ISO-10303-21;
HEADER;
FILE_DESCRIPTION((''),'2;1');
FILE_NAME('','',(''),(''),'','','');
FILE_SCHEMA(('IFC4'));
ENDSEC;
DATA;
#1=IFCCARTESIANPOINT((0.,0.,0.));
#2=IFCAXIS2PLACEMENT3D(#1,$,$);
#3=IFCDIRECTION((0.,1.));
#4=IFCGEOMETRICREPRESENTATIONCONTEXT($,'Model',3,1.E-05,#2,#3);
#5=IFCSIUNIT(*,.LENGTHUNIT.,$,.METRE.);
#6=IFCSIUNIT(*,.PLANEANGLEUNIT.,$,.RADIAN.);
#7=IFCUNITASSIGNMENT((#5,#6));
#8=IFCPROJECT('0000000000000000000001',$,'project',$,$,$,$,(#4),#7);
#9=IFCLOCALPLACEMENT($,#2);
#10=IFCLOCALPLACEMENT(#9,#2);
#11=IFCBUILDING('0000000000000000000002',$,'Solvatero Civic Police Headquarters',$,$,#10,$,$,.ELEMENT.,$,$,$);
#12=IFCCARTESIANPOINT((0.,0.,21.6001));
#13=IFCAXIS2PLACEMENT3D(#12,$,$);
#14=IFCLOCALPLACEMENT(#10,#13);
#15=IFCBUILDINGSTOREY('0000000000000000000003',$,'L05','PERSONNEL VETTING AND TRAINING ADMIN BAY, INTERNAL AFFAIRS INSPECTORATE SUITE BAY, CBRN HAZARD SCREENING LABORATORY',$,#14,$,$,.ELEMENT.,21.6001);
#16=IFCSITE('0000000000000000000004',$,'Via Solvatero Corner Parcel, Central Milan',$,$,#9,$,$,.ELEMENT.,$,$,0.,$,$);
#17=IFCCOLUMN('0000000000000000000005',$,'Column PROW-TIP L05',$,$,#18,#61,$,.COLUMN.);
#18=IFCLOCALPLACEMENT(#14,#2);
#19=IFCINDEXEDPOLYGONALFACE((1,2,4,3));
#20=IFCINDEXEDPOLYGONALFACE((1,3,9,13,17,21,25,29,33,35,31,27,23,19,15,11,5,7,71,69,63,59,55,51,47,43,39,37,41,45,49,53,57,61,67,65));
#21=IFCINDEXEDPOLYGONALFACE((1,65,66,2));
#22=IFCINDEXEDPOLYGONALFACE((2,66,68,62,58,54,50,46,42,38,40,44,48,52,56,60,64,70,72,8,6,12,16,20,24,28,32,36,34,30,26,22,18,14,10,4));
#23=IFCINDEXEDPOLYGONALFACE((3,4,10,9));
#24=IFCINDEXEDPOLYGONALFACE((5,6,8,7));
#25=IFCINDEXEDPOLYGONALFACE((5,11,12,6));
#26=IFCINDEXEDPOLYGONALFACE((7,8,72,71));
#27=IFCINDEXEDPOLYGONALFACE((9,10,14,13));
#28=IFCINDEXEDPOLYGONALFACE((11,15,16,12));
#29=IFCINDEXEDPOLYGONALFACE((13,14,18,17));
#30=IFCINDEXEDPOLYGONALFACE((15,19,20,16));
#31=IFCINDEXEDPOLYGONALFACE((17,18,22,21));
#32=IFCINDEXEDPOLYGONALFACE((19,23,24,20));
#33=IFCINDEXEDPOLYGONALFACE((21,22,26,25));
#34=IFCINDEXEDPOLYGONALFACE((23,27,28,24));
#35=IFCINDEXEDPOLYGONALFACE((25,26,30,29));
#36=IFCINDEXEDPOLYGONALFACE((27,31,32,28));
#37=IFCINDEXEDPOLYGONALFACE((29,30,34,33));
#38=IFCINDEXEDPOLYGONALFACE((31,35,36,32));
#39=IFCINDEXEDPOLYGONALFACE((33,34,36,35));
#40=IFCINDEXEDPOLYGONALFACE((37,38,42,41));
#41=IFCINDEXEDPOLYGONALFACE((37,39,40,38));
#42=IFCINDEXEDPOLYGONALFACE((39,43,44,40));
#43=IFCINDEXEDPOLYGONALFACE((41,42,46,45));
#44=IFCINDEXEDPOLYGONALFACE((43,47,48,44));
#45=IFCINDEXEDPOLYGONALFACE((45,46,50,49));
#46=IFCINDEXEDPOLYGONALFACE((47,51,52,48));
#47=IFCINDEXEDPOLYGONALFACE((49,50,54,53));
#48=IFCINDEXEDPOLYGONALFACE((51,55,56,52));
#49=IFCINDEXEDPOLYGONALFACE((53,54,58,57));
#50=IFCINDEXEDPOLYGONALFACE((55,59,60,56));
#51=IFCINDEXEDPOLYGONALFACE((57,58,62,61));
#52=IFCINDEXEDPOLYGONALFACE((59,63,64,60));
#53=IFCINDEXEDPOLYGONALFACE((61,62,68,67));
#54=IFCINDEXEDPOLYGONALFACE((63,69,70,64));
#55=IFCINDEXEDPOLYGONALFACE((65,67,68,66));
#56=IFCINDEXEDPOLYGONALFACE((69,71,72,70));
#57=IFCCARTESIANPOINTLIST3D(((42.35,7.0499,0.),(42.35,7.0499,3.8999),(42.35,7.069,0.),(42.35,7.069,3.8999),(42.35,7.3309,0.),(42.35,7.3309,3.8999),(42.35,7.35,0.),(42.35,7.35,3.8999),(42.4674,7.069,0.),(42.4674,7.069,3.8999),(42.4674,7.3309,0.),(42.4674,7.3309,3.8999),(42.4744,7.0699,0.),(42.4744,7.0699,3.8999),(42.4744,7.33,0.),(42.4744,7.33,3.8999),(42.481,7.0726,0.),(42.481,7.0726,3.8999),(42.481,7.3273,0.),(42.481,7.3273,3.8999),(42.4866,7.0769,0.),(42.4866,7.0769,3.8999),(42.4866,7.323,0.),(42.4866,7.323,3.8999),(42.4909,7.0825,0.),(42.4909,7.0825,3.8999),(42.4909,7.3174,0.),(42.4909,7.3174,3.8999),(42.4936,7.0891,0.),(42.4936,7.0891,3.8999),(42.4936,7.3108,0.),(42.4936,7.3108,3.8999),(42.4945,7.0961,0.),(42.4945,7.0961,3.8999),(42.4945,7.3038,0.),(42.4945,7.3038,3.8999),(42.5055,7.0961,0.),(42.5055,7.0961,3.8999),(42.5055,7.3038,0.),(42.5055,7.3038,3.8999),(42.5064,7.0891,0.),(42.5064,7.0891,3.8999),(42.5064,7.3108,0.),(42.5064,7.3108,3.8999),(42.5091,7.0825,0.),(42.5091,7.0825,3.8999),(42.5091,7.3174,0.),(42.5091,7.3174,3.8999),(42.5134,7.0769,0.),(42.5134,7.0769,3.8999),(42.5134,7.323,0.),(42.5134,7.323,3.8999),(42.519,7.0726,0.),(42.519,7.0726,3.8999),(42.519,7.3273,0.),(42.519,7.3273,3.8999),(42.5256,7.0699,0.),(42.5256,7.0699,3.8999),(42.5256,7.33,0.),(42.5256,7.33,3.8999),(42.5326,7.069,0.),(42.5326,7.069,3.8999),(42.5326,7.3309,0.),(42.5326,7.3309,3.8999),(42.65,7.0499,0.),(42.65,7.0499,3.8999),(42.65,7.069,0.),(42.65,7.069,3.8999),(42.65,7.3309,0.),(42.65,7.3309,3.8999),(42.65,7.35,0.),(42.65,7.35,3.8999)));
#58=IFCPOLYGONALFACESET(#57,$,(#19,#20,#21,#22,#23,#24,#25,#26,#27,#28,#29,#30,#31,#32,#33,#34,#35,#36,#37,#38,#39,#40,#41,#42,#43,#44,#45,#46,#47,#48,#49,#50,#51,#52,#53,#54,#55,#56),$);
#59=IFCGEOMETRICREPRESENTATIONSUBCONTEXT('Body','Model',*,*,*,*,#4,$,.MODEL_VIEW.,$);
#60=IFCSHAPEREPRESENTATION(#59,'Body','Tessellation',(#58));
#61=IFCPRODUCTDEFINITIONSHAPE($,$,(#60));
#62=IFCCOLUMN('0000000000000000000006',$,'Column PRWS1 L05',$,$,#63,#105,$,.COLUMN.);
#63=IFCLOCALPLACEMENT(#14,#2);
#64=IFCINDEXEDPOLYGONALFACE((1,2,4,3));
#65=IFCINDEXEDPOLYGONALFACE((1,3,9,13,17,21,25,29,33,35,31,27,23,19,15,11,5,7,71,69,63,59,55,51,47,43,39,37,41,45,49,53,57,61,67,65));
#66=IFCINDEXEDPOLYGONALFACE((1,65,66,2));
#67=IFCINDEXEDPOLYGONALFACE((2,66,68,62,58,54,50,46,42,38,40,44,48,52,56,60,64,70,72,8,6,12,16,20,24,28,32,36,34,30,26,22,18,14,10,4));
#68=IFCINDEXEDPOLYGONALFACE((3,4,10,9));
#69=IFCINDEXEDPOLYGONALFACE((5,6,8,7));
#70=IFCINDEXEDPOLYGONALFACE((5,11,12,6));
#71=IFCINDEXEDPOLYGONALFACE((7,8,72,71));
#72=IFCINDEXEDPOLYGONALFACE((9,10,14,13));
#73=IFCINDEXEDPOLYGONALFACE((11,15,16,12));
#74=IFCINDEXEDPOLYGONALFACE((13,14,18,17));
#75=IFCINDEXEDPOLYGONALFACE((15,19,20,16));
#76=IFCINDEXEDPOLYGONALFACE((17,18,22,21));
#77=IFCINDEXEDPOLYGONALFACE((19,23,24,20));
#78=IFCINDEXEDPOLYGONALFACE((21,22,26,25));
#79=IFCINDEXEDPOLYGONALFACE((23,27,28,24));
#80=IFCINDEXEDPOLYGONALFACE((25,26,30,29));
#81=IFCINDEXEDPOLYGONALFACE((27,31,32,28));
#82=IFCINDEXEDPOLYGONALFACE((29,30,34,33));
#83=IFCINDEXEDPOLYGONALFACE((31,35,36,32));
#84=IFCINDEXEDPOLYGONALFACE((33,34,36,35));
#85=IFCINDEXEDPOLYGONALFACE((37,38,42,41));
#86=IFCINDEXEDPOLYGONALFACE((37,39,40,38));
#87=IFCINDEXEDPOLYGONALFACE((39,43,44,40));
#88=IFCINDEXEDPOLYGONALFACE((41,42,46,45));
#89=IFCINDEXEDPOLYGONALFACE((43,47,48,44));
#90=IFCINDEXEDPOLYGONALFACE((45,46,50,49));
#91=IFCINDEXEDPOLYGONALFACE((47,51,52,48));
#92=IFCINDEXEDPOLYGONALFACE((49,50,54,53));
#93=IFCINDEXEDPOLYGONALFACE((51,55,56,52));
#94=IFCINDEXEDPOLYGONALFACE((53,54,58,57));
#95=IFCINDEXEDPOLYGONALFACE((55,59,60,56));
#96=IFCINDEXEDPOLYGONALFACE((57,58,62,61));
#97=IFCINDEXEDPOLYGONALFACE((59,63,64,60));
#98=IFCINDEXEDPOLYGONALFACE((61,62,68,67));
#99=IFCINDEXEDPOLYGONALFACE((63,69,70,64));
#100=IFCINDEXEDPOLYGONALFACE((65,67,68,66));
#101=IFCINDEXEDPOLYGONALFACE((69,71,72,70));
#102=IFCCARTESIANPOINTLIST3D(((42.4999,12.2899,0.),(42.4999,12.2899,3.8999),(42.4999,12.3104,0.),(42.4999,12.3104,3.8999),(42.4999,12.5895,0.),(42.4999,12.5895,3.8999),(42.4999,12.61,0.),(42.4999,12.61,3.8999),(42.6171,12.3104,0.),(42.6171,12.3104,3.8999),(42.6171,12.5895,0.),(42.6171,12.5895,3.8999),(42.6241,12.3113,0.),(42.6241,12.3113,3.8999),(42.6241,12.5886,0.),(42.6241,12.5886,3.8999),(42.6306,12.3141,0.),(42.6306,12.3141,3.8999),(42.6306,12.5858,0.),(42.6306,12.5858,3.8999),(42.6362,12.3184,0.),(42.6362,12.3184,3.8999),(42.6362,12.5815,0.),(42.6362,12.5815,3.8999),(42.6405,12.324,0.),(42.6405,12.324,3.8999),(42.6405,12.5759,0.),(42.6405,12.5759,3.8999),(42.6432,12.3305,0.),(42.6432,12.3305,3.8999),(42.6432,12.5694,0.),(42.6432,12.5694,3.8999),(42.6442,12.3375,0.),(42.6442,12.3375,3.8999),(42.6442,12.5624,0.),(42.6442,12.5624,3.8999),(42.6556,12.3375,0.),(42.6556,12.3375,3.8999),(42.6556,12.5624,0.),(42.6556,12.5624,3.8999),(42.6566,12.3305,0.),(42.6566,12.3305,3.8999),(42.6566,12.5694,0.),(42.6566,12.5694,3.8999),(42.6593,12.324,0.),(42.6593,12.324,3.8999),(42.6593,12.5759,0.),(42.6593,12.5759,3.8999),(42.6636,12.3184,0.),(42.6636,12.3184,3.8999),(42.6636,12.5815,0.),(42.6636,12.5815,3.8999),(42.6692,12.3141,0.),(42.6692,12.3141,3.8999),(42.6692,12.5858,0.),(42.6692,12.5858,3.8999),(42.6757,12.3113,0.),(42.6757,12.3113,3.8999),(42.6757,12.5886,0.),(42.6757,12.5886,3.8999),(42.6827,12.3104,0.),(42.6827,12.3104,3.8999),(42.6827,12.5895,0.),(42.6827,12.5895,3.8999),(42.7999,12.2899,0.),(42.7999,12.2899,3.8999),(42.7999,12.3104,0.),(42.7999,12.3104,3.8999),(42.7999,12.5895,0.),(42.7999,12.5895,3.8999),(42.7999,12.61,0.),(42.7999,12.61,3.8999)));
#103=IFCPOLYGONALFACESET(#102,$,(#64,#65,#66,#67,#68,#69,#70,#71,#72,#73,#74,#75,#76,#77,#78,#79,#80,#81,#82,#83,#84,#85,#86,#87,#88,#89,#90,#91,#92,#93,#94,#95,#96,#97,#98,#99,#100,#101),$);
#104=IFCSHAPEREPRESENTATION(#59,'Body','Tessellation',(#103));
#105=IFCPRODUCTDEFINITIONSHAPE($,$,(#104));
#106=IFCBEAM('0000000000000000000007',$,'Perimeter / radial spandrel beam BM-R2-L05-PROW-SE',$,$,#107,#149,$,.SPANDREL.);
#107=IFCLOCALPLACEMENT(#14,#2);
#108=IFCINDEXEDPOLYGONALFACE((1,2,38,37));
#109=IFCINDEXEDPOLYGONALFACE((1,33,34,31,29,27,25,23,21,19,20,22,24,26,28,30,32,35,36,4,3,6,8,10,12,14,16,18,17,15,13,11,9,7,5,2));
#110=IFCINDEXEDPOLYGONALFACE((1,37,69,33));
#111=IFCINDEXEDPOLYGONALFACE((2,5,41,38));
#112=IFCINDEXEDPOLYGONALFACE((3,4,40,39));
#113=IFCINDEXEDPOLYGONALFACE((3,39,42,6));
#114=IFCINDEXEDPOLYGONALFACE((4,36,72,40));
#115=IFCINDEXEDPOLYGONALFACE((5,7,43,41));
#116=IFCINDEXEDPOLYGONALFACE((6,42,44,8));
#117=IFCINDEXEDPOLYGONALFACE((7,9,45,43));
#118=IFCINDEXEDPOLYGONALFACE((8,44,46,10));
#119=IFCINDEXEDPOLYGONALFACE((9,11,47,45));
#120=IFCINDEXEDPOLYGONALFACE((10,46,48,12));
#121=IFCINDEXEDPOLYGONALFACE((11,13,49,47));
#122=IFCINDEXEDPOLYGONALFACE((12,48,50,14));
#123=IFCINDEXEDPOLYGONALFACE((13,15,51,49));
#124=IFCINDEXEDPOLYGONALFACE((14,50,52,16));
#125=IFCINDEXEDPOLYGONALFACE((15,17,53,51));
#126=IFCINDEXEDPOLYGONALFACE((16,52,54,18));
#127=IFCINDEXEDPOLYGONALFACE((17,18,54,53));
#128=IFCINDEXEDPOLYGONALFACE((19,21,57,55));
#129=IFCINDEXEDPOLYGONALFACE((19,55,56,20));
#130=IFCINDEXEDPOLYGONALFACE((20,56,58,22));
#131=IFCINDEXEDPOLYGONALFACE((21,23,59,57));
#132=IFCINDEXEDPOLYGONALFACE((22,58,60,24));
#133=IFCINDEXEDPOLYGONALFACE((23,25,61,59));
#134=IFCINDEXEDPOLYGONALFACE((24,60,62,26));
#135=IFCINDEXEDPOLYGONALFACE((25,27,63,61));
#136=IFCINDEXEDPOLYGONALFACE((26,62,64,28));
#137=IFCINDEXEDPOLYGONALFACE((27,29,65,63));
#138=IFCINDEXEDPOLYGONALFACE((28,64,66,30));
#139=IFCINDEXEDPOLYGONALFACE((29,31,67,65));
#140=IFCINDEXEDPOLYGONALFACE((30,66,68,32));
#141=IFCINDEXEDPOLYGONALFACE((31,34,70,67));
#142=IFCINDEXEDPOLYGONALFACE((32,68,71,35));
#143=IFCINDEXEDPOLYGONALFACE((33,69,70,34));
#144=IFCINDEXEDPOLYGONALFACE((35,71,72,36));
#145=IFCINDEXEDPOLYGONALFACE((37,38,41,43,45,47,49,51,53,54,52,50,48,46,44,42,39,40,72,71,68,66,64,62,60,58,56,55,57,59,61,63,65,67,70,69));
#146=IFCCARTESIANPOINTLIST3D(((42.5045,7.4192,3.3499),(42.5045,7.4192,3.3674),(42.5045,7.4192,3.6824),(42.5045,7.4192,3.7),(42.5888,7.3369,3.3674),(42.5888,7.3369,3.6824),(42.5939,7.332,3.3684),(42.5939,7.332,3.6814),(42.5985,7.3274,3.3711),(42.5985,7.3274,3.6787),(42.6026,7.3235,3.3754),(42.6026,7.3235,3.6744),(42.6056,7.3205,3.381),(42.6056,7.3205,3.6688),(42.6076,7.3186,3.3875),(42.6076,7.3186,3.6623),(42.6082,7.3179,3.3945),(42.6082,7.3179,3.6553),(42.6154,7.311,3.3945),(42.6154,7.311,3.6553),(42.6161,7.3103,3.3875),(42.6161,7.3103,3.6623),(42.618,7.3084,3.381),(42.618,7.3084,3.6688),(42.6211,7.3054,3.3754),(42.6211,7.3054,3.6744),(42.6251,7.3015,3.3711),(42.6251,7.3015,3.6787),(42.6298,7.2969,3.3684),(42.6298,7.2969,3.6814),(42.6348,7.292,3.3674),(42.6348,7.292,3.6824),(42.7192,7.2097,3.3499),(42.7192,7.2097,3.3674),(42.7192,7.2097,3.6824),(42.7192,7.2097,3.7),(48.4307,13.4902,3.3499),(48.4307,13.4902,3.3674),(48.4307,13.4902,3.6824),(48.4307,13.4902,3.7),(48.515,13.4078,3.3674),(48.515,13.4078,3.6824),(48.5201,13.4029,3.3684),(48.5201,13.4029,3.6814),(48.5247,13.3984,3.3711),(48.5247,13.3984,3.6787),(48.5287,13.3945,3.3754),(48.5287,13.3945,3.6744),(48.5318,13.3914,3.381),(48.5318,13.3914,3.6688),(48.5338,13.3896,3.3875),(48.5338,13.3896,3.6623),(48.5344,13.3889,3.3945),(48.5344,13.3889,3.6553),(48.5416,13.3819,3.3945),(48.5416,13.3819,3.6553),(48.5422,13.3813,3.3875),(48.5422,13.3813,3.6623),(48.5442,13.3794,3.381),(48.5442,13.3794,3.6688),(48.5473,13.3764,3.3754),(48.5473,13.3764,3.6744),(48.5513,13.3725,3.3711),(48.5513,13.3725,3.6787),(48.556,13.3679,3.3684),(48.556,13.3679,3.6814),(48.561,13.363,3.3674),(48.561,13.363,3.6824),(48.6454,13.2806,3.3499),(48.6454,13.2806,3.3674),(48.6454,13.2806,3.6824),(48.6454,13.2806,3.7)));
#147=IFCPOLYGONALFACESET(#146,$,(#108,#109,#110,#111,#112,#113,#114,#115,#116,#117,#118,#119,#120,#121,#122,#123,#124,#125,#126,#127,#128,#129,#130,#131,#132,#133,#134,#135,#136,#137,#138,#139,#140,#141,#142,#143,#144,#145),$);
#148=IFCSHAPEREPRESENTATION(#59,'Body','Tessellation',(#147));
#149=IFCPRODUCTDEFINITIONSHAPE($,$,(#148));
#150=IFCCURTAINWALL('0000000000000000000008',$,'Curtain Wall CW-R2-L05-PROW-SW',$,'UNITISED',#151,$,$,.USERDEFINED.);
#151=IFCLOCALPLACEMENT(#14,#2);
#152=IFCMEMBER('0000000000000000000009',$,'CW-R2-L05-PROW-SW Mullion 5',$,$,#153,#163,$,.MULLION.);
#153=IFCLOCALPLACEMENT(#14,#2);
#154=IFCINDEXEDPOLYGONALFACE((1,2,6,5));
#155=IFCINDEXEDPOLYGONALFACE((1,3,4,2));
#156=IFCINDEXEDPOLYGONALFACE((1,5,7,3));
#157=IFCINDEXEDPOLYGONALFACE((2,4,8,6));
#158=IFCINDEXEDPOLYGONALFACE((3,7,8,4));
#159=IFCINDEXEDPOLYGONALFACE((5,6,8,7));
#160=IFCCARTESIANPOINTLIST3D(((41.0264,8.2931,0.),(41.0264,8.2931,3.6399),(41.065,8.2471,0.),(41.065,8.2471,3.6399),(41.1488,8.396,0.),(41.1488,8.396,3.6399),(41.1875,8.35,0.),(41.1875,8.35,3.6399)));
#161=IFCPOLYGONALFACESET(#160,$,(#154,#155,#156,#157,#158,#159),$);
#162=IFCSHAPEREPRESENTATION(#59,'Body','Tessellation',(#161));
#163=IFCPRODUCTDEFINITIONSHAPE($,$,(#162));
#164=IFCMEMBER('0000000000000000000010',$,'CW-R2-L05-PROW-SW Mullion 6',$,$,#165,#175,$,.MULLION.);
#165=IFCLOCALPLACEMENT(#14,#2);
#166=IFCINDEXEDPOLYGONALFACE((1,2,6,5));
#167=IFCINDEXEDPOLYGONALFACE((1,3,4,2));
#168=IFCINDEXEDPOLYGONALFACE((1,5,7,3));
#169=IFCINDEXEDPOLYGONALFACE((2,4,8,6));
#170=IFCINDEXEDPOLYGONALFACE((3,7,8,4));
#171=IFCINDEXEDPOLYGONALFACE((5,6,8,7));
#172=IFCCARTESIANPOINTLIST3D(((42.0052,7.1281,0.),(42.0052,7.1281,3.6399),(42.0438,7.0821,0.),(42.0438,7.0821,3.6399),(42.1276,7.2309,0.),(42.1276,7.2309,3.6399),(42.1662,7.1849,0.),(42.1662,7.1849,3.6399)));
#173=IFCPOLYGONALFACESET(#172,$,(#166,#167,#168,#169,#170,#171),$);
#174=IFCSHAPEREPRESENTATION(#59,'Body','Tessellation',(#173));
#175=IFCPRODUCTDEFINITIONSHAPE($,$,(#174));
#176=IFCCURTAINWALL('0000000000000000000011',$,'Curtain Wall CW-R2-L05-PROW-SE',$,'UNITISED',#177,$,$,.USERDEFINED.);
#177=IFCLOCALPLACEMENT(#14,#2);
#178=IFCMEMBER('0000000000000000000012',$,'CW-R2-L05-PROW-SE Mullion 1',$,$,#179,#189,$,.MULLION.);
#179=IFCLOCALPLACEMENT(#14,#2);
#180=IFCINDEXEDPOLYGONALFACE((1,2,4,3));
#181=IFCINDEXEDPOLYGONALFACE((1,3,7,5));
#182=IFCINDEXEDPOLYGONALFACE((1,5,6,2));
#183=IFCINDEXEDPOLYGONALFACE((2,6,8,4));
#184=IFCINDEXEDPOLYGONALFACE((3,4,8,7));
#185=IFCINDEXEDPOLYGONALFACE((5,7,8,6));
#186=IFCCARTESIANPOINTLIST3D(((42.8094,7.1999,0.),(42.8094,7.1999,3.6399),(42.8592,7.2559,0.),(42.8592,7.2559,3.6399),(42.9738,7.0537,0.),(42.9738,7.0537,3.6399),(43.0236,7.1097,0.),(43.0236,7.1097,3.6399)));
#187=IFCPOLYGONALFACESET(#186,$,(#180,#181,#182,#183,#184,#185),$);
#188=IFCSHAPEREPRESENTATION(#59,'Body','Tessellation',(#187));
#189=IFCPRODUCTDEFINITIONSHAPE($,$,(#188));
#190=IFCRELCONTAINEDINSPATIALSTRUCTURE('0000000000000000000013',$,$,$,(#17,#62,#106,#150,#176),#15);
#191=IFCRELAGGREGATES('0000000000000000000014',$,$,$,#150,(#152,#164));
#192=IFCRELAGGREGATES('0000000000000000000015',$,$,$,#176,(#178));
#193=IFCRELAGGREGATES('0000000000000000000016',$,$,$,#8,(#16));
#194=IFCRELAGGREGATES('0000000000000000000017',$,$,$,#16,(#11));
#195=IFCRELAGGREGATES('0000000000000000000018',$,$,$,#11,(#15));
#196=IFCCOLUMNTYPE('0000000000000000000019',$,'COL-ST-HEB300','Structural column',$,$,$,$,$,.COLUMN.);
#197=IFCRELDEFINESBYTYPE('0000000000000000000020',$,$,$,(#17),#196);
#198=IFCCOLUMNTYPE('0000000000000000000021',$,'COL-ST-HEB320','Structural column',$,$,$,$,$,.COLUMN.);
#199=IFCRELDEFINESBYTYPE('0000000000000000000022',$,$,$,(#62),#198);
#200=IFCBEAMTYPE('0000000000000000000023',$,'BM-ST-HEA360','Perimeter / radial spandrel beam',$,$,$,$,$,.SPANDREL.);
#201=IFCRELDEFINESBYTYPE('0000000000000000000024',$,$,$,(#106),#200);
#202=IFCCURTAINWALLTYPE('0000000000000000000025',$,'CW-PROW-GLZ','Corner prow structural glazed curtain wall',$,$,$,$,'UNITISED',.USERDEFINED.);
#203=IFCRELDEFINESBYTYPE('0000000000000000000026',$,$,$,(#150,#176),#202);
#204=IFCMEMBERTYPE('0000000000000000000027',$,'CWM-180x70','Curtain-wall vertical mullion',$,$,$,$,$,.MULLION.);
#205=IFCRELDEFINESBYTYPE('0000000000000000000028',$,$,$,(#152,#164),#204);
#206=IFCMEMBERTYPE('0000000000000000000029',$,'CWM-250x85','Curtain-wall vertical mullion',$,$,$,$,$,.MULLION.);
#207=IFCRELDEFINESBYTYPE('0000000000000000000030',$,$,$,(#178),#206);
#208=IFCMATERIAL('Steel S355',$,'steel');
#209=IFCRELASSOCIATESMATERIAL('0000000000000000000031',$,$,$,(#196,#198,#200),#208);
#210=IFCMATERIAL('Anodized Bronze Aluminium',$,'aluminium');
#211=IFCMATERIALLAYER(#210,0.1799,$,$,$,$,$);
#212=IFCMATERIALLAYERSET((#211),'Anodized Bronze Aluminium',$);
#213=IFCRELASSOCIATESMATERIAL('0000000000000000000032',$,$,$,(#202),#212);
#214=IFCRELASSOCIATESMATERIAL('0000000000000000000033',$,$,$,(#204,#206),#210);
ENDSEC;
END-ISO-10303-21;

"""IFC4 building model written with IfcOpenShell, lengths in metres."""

from ifc_helpers import new_model, si_unit, direction, frame, origin, origin_2d, place, context, subcontext, project, spatial, rectangle, i_section, extrude, material, layer, layer_set, material_profile, profile_set, type_object, element, aggregate, save


model = new_model("IFC4")

# Units and contexts
model_context = context("Model", 3, precision=1e-05, world=origin(), true_north=direction((0.0, 1.0)))
body_context = subcontext(model_context, "Body", "Model", "MODEL_VIEW")
ifc_project = project(units=[si_unit("LENGTHUNIT", "METRE"), si_unit("PLANEANGLEUNIT", "RADIAN")], contexts=[model_context])

# Site, building, storey
site_placement = place(None, origin())
site = spatial("IfcSite", under=ifc_project, at=site_placement, Name="Via Solvatero Corner Parcel, Central Milan", CompositionType="ELEMENT", RefElevation=0.0)
building_placement = place(site_placement, origin())
building = spatial("IfcBuilding", under=site, at=building_placement, Name="Solvatero Civic Police Headquarters", CompositionType="ELEMENT")
storey_placement = place(building_placement, frame((0.0, 0.0, 21.6001)))
storey = spatial("IfcBuildingStorey", under=building, at=storey_placement, Name="L05", Description="PERSONNEL VETTING AND TRAINING ADMIN BAY, INTERNAL AFFAIRS INSPECTORATE SUITE BAY, CBRN HAZARD SCREENING LABORATORY", CompositionType="ELEMENT", Elevation=21.6001)

# Columns
ifc_material_1 = material(Name="Steel S355", Category="steel")
ifc_material_profile_1 = material_profile(ifc_material_1, i_section(OverallWidth=0.3, OverallDepth=0.3, WebThickness=0.011, FlangeThickness=0.019, FilletRadius=0.0271, at=origin_2d()), Name="HEB 300")
ifc_profile_set_1 = profile_set([ifc_material_profile_1], Name="Steel S355")
column_type_1 = type_object("IfcColumnType", Name="COL-ST-HEB300", Description="Structural column", PredefinedType="COLUMN", material=ifc_profile_set_1)
column_1_placement = place(storey_placement, frame((42.5, 7.2, 0.0), z_axis=(0.0, 0.0, 1.0), x_axis=(1.0, 0.0, 0.0)))
element("IfcColumn", 1, at=column_1_placement, inside=storey, type_object=column_type_1, Name="Column PROW-TIP L05", PredefinedType="COLUMN", context=body_context, shape_type="SweptSolid", body=[
    extrude(i_section(OverallWidth=0.3, OverallDepth=0.3, WebThickness=0.011, FlangeThickness=0.019, FilletRadius=0.0271, at=origin_2d()), origin(), (0.0, 0.0, 1.0), 3.8999),
])
ifc_material_profile_2 = material_profile(ifc_material_1, i_section(OverallWidth=0.3, OverallDepth=0.3201, WebThickness=0.0115, FlangeThickness=0.0205, FilletRadius=0.0271, at=origin_2d()), Name="HEB 320")
ifc_profile_set_2 = profile_set([ifc_material_profile_2], Name="Steel S355")
column_type_2 = type_object("IfcColumnType", Name="COL-ST-HEB320", Description="Structural column", PredefinedType="COLUMN", material=ifc_profile_set_2)
column_2_placement = place(storey_placement, frame((42.6499, 12.45, 0.0), z_axis=(0.0, 0.0, 1.0), x_axis=(1.0, 0.0, 0.0)))
element("IfcColumn", 2, at=column_2_placement, inside=storey, type_object=column_type_2, Name="Column PRWS1 L05", PredefinedType="COLUMN", context=body_context, shape_type="SweptSolid", body=[
    extrude(i_section(OverallWidth=0.3, OverallDepth=0.3201, WebThickness=0.0115, FlangeThickness=0.0205, FilletRadius=0.0271, at=origin_2d()), origin(), (0.0, 0.0, 1.0), 3.8999),
])

# Beam
ifc_material_profile_3 = material_profile(ifc_material_1, i_section(OverallWidth=0.3, OverallDepth=0.3501, WebThickness=0.01, FlangeThickness=0.0176, FilletRadius=0.0271, at=origin_2d()), Name="HEA 360")
ifc_profile_set_3 = profile_set([ifc_material_profile_3], Name="Steel S355")
beam_type = type_object("IfcBeamType", Name="BM-ST-HEA360", Description="Perimeter / radial spandrel beam", PredefinedType="SPANDREL", material=ifc_profile_set_3)
beam_placement = place(storey_placement, frame((42.6118, 7.3145, 3.5249), z_axis=(0.698523, 0.715588, 0.0), x_axis=(-0.715588, 0.698523, 0.0)))
element("IfcBeam", 3, at=beam_placement, inside=storey, type_object=beam_type, Name="Perimeter / radial spandrel beam BM-R2-L05-PROW-SE", PredefinedType="SPANDREL", context=body_context, shape_type="SweptSolid", body=[
    extrude(i_section(OverallWidth=0.3, OverallDepth=0.3501, WebThickness=0.01, FlangeThickness=0.0176, FilletRadius=0.0271, at=origin_2d()), origin(), (0.0, 0.0, 1.0), 8.4839),
])

# Curtain walls, members
ifc_material_2 = material(Name="Anodized Bronze Aluminium", Category="aluminium")
ifc_layer_1 = layer(ifc_material_2, 0.1799)
ifc_layer_set_1 = layer_set([ifc_layer_1], Name="Anodized Bronze Aluminium")
curtain_wall_type = type_object("IfcCurtainWallType", Name="CW-PROW-GLZ", Description="Corner prow structural glazed curtain wall", ElementType="UNITISED", PredefinedType="USERDEFINED", material=ifc_layer_set_1)
curtain_wall_1_placement = place(storey_placement, origin())
curtain_wall_1 = element("IfcCurtainWall", 4, at=curtain_wall_1_placement, inside=storey, type_object=curtain_wall_type, Name="Curtain Wall CW-R2-L05-PROW-SW", ObjectType="UNITISED", PredefinedType="USERDEFINED")
ifc_material_profile_4 = material_profile(ifc_material_2, rectangle(XDim=0.0601, YDim=0.1599, at=origin_2d()), Name="ALU MULLION 60x160")
ifc_profile_set_4 = profile_set([ifc_material_profile_4], Name="Anodized Bronze Aluminium")
member_type_1 = type_object("IfcMemberType", Name="CWM-180x70", Description="Curtain-wall vertical mullion", PredefinedType="MULLION", material=ifc_profile_set_4)
member_1_placement = place(storey_placement, frame((41.1069, 8.3215, 0.0), z_axis=(0.0, 0.0, 1.0), x_axis=(0.643282, -0.765629, 0.0)))
member_1 = element("IfcMember", 5, at=member_1_placement, type_object=member_type_1, Name="CW-R2-L05-PROW-SW Mullion 5", PredefinedType="MULLION", context=body_context, shape_type="SweptSolid", body=[
    extrude(rectangle(XDim=0.0601, YDim=0.1599, at=origin_2d()), origin(), (0.0, 0.0, 1.0), 3.6399),
])
member_2_placement = place(storey_placement, frame((42.0857, 7.1565, 0.0), z_axis=(0.0, 0.0, 1.0), x_axis=(0.643282, -0.765629, 0.0)))
member_2 = element("IfcMember", 6, at=member_2_placement, type_object=member_type_1, Name="CW-R2-L05-PROW-SW Mullion 6", PredefinedType="MULLION", context=body_context, shape_type="SweptSolid", body=[
    extrude(rectangle(XDim=0.0601, YDim=0.1599, at=origin_2d()), origin(), (0.0, 0.0, 1.0), 3.6399),
])
curtain_wall_2_placement = place(storey_placement, origin())
curtain_wall_2 = element("IfcCurtainWall", 7, at=curtain_wall_2_placement, inside=storey, type_object=curtain_wall_type, Name="Curtain Wall CW-R2-L05-PROW-SE", ObjectType="UNITISED", PredefinedType="USERDEFINED")
ifc_material_profile_5 = material_profile(ifc_material_2, rectangle(XDim=0.075, YDim=0.22, at=origin_2d()), Name="ALU MULLION 75x220")
ifc_profile_set_5 = profile_set([ifc_material_profile_5], Name="Anodized Bronze Aluminium")
member_type_2 = type_object("IfcMemberType", Name="CWM-250x85", Description="Curtain-wall vertical mullion", PredefinedType="MULLION", material=ifc_profile_set_5)
member_3_placement = place(storey_placement, frame((42.9165, 7.1548, 0.0), z_axis=(0.0, 0.0, 1.0), x_axis=(0.664657, 0.747149, 0.0)))
member_3 = element("IfcMember", 8, at=member_3_placement, type_object=member_type_2, Name="CW-R2-L05-PROW-SE Mullion 1", PredefinedType="MULLION", context=body_context, shape_type="SweptSolid", body=[
    extrude(rectangle(XDim=0.075, YDim=0.22, at=origin_2d()), origin(), (0.0, 0.0, 1.0), 3.6399),
])

aggregate(curtain_wall_1, [member_1, member_2])
aggregate(curtain_wall_2, [member_3])

save(model, "model.ifc")
